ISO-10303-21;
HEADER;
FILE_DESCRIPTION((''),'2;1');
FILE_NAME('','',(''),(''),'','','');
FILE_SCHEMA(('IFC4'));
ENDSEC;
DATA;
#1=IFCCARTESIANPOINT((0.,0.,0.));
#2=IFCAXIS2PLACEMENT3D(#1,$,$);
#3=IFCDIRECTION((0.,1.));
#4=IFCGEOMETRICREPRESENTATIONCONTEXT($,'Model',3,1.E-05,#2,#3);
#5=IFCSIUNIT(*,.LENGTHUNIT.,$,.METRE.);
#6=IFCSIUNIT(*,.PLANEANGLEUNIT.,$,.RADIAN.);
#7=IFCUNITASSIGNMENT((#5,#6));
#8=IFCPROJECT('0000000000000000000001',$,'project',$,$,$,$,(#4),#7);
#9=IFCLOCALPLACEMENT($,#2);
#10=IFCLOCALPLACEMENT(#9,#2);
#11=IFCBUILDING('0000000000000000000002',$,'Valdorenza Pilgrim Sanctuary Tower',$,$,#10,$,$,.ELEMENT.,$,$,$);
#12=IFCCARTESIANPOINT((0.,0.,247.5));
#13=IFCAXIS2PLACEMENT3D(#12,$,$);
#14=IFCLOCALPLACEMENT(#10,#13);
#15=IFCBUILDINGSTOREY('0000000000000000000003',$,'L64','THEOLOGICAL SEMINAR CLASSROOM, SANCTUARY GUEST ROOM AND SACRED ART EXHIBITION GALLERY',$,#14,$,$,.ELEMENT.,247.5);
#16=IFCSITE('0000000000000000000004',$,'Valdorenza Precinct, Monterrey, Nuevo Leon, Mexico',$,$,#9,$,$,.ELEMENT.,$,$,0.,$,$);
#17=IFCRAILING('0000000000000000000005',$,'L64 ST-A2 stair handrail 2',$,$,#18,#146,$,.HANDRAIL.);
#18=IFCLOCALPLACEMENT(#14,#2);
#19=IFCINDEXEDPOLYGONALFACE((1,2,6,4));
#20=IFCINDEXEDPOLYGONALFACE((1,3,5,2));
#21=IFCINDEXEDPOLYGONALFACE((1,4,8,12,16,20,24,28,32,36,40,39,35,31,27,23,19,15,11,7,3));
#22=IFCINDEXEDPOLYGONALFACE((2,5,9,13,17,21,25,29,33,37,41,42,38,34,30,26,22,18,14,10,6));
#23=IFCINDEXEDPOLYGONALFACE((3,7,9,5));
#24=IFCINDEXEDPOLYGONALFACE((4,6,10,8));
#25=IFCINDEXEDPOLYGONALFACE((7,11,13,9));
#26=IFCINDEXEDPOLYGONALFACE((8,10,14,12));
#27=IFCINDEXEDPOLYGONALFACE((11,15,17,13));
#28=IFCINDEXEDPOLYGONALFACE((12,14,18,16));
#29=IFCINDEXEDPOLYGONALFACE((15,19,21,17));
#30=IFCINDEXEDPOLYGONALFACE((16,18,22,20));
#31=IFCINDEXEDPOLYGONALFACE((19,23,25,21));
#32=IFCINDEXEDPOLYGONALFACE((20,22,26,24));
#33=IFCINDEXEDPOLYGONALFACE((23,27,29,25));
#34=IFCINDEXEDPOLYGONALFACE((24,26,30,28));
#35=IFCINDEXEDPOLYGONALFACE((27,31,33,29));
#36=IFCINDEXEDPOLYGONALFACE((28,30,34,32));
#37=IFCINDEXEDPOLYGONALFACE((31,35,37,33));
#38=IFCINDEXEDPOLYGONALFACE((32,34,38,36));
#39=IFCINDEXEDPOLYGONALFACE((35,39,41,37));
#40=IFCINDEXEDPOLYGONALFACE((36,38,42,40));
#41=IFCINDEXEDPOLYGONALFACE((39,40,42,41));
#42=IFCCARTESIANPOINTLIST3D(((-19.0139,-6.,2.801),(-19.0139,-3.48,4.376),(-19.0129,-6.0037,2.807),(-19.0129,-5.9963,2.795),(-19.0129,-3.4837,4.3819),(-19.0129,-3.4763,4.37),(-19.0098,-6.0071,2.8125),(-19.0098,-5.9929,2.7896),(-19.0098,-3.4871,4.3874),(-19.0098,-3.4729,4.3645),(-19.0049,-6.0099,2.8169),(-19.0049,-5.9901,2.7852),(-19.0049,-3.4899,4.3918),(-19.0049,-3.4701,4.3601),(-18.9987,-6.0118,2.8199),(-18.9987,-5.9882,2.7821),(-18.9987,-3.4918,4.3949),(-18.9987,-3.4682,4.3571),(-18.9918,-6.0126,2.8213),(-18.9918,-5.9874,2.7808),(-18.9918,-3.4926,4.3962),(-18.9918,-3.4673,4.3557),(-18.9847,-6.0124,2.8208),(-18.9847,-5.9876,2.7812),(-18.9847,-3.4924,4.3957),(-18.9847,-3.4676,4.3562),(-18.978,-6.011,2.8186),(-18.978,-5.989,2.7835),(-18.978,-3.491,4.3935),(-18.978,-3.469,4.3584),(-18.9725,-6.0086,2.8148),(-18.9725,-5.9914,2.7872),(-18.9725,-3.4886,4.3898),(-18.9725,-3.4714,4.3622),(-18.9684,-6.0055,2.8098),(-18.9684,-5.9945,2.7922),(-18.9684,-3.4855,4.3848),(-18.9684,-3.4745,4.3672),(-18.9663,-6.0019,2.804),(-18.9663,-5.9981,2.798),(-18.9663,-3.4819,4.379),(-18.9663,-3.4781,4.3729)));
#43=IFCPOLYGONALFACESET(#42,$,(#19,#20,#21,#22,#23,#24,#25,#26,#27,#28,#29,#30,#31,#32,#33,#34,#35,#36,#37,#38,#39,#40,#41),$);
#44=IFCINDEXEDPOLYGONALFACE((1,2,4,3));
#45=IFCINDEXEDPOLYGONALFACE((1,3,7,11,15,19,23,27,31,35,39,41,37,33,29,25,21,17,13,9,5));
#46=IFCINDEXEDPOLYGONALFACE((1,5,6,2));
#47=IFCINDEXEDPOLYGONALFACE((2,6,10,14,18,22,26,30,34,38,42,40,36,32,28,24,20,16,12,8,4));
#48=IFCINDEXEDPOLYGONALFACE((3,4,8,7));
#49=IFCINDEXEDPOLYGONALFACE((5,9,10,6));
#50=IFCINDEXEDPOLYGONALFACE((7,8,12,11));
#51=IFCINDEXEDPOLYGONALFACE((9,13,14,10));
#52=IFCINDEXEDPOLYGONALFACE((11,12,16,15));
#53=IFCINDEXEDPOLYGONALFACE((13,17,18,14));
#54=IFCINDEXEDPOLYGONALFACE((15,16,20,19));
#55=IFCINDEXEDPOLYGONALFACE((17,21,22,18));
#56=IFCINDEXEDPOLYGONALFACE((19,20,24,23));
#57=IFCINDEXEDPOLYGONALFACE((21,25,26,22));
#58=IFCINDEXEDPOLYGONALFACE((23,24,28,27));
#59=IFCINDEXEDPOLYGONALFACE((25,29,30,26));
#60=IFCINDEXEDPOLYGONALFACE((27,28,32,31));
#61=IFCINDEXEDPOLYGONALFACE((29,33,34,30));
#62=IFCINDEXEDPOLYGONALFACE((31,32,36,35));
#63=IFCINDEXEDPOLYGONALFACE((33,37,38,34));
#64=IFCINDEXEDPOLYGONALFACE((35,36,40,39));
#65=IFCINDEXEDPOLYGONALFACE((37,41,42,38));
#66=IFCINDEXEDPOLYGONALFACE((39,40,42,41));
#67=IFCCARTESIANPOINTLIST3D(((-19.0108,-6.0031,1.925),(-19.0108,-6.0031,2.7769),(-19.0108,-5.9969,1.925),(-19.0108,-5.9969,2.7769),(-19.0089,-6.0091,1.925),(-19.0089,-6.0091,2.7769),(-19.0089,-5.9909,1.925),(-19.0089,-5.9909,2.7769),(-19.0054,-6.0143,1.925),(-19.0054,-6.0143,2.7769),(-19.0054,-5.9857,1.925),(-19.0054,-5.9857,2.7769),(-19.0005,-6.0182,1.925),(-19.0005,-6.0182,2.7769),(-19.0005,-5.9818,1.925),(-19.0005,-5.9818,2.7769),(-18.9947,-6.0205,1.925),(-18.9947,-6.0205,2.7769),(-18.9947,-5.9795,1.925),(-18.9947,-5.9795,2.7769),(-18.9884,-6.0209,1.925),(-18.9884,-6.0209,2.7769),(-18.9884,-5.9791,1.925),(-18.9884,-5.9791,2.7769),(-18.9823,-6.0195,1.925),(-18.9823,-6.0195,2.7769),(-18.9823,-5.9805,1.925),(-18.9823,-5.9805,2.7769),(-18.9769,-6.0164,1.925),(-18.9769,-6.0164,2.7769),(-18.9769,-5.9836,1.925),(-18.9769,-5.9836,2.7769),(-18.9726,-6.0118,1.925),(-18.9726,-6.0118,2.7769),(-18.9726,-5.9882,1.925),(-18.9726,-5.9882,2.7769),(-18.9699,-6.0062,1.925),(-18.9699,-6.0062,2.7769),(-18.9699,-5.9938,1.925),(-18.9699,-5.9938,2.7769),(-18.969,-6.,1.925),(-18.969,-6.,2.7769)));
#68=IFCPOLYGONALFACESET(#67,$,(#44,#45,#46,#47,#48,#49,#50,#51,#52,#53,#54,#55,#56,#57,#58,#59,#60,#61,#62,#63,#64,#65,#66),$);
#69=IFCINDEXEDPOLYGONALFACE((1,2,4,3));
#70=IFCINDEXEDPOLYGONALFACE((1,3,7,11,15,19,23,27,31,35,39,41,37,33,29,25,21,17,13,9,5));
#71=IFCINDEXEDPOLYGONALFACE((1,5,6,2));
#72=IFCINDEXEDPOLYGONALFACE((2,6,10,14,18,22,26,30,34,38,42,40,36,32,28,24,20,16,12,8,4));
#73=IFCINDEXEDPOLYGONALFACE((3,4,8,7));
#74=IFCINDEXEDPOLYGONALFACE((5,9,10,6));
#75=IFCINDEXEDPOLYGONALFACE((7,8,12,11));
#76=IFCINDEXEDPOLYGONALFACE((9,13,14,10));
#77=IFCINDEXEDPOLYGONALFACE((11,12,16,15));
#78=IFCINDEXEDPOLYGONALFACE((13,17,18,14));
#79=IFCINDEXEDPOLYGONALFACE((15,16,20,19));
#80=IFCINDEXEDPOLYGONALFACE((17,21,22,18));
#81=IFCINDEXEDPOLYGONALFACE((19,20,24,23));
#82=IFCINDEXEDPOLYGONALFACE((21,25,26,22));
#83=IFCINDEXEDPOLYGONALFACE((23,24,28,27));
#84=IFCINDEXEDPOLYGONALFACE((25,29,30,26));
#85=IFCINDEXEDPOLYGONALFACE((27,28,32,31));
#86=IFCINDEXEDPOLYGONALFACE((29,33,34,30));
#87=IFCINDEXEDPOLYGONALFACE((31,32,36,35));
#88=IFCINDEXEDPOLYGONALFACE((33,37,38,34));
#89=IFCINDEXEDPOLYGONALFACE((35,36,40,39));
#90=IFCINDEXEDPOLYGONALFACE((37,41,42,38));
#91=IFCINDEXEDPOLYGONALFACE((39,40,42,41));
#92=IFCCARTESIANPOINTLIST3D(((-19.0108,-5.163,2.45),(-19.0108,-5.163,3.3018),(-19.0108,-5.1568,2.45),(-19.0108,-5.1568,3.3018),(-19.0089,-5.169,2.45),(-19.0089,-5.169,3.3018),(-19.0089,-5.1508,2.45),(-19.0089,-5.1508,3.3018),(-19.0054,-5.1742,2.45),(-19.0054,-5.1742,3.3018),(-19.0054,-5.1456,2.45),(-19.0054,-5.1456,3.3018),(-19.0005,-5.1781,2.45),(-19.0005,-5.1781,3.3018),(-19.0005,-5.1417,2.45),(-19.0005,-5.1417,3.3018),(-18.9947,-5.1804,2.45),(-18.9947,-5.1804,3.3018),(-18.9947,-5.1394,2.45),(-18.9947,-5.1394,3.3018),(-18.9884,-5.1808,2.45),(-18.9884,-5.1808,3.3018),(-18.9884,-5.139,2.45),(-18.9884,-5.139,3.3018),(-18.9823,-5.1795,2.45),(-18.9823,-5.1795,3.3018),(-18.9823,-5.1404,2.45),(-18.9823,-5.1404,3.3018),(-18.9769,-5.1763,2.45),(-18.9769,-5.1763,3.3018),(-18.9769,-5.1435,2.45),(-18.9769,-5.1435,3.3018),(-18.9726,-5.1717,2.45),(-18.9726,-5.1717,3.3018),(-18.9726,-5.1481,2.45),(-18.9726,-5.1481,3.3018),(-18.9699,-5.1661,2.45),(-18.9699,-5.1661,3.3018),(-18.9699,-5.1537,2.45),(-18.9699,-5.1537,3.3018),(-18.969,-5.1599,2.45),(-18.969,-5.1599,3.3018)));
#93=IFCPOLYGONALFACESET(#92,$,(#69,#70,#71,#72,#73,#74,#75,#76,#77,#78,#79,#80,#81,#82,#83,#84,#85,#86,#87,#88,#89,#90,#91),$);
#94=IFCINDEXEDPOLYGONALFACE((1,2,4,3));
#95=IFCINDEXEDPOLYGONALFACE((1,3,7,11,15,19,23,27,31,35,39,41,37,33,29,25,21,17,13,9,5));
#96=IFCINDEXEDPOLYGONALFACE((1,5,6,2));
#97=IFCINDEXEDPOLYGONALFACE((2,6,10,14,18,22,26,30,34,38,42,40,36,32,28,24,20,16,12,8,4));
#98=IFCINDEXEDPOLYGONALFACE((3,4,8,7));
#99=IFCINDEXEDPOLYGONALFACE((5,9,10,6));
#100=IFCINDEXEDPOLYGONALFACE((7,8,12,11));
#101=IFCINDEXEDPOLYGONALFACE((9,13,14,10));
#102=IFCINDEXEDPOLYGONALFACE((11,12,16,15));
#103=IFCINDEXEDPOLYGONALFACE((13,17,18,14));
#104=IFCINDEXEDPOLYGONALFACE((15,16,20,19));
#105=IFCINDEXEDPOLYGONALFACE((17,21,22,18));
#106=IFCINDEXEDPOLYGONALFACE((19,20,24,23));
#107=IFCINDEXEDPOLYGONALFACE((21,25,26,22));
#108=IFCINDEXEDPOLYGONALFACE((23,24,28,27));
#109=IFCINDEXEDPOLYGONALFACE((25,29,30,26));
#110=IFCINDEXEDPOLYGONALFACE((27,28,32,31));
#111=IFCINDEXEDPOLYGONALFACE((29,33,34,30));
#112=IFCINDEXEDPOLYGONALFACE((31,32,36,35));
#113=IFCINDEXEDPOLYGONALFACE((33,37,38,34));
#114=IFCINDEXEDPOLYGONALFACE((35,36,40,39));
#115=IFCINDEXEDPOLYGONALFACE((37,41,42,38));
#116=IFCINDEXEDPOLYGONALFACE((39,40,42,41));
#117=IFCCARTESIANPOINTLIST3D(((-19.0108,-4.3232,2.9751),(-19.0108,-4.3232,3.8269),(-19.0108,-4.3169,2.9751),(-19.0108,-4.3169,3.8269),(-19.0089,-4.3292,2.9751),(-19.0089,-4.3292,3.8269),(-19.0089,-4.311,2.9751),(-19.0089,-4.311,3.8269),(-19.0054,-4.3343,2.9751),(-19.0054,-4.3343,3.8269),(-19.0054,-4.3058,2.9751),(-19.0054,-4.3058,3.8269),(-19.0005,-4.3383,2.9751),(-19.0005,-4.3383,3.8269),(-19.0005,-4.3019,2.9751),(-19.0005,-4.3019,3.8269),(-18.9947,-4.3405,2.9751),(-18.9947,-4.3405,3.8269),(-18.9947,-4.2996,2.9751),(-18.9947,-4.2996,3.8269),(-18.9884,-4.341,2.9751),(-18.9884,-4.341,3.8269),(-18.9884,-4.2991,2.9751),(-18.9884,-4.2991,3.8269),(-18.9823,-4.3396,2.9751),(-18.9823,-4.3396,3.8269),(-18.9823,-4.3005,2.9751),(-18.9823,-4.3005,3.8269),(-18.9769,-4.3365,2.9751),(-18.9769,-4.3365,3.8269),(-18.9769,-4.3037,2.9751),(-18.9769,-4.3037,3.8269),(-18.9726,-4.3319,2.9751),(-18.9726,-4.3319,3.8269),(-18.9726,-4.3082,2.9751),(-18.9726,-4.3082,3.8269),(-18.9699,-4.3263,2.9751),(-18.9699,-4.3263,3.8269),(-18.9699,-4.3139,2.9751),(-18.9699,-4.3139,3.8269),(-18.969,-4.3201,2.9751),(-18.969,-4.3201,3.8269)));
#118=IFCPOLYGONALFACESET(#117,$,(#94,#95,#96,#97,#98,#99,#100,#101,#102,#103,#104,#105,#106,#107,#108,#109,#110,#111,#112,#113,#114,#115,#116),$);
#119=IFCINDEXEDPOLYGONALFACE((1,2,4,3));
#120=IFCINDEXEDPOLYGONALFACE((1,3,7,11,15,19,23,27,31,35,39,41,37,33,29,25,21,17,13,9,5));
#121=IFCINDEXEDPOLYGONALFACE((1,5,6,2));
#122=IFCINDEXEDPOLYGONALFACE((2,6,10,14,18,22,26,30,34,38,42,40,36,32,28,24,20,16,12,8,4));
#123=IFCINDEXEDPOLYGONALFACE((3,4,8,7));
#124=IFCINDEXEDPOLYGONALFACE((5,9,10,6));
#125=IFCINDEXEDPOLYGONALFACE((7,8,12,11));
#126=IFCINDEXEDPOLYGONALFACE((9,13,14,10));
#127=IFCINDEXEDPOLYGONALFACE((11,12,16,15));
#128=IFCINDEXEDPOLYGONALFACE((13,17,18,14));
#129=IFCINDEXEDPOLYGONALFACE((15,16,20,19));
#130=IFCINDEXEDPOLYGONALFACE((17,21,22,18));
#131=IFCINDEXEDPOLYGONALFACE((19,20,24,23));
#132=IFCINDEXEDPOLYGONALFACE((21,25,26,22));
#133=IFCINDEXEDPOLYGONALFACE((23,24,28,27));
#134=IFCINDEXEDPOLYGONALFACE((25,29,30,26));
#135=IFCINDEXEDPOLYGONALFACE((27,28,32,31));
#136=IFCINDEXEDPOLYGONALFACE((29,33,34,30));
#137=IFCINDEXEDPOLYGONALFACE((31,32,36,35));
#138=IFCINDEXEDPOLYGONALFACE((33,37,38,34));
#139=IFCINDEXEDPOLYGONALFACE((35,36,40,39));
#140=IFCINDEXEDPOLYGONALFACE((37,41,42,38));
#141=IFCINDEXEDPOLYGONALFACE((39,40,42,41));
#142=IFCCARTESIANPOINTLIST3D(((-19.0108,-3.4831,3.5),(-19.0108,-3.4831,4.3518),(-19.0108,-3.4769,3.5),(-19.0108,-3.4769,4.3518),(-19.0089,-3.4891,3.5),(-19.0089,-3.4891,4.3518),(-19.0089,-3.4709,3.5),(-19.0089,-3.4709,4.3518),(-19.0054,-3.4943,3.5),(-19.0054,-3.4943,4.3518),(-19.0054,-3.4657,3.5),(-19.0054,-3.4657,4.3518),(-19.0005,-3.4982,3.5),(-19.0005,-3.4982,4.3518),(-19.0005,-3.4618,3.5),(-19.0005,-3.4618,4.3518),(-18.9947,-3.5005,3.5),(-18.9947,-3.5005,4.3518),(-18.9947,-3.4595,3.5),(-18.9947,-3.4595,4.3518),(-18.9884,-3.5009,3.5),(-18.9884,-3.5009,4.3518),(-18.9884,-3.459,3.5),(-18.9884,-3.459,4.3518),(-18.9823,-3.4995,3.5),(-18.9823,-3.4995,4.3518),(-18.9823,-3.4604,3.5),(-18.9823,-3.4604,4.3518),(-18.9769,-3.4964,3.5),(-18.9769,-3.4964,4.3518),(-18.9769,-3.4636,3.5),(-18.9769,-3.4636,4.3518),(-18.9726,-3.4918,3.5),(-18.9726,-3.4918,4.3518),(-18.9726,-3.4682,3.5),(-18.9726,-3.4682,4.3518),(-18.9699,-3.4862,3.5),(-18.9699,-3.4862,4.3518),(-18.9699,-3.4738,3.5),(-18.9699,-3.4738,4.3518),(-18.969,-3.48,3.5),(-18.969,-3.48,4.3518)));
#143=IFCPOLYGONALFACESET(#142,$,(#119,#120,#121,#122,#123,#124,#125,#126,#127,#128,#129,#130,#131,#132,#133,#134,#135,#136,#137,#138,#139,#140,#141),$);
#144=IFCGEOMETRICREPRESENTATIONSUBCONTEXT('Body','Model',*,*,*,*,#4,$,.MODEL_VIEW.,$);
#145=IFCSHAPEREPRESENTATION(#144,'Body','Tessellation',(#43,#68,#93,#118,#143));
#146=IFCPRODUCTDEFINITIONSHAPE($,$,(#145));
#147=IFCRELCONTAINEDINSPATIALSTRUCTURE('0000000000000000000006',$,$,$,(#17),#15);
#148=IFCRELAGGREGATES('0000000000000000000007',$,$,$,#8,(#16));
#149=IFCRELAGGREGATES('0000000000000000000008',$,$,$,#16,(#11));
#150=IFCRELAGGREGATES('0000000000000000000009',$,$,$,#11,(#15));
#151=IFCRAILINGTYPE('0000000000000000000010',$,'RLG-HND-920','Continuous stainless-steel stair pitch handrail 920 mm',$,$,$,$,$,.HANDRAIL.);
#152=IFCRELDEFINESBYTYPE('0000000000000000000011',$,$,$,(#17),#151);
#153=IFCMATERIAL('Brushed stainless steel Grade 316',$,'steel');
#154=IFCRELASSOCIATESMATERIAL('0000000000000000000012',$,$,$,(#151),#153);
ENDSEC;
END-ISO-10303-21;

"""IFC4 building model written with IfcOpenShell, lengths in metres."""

from ifc_helpers import new_model, si_unit, direction, frame, origin, origin_2d, place, context, subcontext, project, spatial, circle, extrude, material, type_object, element, save


model = new_model("IFC4")

# Units and contexts
model_context = context("Model", 3, precision=1e-05, world=origin(), true_north=direction((0.0, 1.0)))
body_context = subcontext(model_context, "Body", "Model", "MODEL_VIEW")
ifc_project = project(units=[si_unit("LENGTHUNIT", "METRE"), si_unit("PLANEANGLEUNIT", "RADIAN")], contexts=[model_context])

# Site, building, storey
site_placement = place(None, origin())
site = spatial("IfcSite", under=ifc_project, at=site_placement, Name="Valdorenza Precinct, Monterrey, Nuevo Leon, Mexico", CompositionType="ELEMENT", RefElevation=0.0)
building_placement = place(site_placement, origin())
building = spatial("IfcBuilding", under=site, at=building_placement, Name="Valdorenza Pilgrim Sanctuary Tower", CompositionType="ELEMENT")
storey_placement = place(building_placement, frame((0.0, 0.0, 247.5)))
storey = spatial("IfcBuildingStorey", under=building, at=storey_placement, Name="L64", Description="THEOLOGICAL SEMINAR CLASSROOM, SANCTUARY GUEST ROOM AND SACRED ART EXHIBITION GALLERY", CompositionType="ELEMENT", Elevation=247.5)

# Shared definitions
ifc_material_1 = material(Name="Brushed stainless steel Grade 316", Category="steel")

# Railing
railing_type = type_object("IfcRailingType", Name="RLG-HND-920", Description="Continuous stainless-steel stair pitch handrail 920 mm", PredefinedType="HANDRAIL", material=ifc_material_1)
railing_placement = place(storey_placement, frame((-18.99, -6.0, 1.925)))
element("IfcRailing", 1, at=railing_placement, inside=storey, type_object=railing_type, Name="L64 ST-A2 stair handrail 2", PredefinedType="HANDRAIL", context=body_context, shape_type="SweptSolid", body=[
    extrude(circle(Radius=0.0239, at=origin_2d()), frame((0.0, 0.0, 0.876), z_axis=(0.0, 0.848008, 0.529984), x_axis=(-1.0, 0.0, 0.0)), (0.0, 0.0, 1.0), 2.9717),
    extrude(circle(Radius=0.021, at=origin_2d()), origin(), (0.0, 0.0, 1.0), 0.8518),
    extrude(circle(Radius=0.021, at=origin_2d()), frame((0.0, 0.8401, 0.5249)), (0.0, 0.0, 1.0), 0.8518),
    extrude(circle(Radius=0.021, at=origin_2d()), frame((0.0, 1.6799, 1.05)), (0.0, 0.0, 1.0), 0.8518),
    extrude(circle(Radius=0.021, at=origin_2d()), frame((0.0, 2.52, 1.575)), (0.0, 0.0, 1.0), 0.8518),
])

save(model, "model.ifc")
